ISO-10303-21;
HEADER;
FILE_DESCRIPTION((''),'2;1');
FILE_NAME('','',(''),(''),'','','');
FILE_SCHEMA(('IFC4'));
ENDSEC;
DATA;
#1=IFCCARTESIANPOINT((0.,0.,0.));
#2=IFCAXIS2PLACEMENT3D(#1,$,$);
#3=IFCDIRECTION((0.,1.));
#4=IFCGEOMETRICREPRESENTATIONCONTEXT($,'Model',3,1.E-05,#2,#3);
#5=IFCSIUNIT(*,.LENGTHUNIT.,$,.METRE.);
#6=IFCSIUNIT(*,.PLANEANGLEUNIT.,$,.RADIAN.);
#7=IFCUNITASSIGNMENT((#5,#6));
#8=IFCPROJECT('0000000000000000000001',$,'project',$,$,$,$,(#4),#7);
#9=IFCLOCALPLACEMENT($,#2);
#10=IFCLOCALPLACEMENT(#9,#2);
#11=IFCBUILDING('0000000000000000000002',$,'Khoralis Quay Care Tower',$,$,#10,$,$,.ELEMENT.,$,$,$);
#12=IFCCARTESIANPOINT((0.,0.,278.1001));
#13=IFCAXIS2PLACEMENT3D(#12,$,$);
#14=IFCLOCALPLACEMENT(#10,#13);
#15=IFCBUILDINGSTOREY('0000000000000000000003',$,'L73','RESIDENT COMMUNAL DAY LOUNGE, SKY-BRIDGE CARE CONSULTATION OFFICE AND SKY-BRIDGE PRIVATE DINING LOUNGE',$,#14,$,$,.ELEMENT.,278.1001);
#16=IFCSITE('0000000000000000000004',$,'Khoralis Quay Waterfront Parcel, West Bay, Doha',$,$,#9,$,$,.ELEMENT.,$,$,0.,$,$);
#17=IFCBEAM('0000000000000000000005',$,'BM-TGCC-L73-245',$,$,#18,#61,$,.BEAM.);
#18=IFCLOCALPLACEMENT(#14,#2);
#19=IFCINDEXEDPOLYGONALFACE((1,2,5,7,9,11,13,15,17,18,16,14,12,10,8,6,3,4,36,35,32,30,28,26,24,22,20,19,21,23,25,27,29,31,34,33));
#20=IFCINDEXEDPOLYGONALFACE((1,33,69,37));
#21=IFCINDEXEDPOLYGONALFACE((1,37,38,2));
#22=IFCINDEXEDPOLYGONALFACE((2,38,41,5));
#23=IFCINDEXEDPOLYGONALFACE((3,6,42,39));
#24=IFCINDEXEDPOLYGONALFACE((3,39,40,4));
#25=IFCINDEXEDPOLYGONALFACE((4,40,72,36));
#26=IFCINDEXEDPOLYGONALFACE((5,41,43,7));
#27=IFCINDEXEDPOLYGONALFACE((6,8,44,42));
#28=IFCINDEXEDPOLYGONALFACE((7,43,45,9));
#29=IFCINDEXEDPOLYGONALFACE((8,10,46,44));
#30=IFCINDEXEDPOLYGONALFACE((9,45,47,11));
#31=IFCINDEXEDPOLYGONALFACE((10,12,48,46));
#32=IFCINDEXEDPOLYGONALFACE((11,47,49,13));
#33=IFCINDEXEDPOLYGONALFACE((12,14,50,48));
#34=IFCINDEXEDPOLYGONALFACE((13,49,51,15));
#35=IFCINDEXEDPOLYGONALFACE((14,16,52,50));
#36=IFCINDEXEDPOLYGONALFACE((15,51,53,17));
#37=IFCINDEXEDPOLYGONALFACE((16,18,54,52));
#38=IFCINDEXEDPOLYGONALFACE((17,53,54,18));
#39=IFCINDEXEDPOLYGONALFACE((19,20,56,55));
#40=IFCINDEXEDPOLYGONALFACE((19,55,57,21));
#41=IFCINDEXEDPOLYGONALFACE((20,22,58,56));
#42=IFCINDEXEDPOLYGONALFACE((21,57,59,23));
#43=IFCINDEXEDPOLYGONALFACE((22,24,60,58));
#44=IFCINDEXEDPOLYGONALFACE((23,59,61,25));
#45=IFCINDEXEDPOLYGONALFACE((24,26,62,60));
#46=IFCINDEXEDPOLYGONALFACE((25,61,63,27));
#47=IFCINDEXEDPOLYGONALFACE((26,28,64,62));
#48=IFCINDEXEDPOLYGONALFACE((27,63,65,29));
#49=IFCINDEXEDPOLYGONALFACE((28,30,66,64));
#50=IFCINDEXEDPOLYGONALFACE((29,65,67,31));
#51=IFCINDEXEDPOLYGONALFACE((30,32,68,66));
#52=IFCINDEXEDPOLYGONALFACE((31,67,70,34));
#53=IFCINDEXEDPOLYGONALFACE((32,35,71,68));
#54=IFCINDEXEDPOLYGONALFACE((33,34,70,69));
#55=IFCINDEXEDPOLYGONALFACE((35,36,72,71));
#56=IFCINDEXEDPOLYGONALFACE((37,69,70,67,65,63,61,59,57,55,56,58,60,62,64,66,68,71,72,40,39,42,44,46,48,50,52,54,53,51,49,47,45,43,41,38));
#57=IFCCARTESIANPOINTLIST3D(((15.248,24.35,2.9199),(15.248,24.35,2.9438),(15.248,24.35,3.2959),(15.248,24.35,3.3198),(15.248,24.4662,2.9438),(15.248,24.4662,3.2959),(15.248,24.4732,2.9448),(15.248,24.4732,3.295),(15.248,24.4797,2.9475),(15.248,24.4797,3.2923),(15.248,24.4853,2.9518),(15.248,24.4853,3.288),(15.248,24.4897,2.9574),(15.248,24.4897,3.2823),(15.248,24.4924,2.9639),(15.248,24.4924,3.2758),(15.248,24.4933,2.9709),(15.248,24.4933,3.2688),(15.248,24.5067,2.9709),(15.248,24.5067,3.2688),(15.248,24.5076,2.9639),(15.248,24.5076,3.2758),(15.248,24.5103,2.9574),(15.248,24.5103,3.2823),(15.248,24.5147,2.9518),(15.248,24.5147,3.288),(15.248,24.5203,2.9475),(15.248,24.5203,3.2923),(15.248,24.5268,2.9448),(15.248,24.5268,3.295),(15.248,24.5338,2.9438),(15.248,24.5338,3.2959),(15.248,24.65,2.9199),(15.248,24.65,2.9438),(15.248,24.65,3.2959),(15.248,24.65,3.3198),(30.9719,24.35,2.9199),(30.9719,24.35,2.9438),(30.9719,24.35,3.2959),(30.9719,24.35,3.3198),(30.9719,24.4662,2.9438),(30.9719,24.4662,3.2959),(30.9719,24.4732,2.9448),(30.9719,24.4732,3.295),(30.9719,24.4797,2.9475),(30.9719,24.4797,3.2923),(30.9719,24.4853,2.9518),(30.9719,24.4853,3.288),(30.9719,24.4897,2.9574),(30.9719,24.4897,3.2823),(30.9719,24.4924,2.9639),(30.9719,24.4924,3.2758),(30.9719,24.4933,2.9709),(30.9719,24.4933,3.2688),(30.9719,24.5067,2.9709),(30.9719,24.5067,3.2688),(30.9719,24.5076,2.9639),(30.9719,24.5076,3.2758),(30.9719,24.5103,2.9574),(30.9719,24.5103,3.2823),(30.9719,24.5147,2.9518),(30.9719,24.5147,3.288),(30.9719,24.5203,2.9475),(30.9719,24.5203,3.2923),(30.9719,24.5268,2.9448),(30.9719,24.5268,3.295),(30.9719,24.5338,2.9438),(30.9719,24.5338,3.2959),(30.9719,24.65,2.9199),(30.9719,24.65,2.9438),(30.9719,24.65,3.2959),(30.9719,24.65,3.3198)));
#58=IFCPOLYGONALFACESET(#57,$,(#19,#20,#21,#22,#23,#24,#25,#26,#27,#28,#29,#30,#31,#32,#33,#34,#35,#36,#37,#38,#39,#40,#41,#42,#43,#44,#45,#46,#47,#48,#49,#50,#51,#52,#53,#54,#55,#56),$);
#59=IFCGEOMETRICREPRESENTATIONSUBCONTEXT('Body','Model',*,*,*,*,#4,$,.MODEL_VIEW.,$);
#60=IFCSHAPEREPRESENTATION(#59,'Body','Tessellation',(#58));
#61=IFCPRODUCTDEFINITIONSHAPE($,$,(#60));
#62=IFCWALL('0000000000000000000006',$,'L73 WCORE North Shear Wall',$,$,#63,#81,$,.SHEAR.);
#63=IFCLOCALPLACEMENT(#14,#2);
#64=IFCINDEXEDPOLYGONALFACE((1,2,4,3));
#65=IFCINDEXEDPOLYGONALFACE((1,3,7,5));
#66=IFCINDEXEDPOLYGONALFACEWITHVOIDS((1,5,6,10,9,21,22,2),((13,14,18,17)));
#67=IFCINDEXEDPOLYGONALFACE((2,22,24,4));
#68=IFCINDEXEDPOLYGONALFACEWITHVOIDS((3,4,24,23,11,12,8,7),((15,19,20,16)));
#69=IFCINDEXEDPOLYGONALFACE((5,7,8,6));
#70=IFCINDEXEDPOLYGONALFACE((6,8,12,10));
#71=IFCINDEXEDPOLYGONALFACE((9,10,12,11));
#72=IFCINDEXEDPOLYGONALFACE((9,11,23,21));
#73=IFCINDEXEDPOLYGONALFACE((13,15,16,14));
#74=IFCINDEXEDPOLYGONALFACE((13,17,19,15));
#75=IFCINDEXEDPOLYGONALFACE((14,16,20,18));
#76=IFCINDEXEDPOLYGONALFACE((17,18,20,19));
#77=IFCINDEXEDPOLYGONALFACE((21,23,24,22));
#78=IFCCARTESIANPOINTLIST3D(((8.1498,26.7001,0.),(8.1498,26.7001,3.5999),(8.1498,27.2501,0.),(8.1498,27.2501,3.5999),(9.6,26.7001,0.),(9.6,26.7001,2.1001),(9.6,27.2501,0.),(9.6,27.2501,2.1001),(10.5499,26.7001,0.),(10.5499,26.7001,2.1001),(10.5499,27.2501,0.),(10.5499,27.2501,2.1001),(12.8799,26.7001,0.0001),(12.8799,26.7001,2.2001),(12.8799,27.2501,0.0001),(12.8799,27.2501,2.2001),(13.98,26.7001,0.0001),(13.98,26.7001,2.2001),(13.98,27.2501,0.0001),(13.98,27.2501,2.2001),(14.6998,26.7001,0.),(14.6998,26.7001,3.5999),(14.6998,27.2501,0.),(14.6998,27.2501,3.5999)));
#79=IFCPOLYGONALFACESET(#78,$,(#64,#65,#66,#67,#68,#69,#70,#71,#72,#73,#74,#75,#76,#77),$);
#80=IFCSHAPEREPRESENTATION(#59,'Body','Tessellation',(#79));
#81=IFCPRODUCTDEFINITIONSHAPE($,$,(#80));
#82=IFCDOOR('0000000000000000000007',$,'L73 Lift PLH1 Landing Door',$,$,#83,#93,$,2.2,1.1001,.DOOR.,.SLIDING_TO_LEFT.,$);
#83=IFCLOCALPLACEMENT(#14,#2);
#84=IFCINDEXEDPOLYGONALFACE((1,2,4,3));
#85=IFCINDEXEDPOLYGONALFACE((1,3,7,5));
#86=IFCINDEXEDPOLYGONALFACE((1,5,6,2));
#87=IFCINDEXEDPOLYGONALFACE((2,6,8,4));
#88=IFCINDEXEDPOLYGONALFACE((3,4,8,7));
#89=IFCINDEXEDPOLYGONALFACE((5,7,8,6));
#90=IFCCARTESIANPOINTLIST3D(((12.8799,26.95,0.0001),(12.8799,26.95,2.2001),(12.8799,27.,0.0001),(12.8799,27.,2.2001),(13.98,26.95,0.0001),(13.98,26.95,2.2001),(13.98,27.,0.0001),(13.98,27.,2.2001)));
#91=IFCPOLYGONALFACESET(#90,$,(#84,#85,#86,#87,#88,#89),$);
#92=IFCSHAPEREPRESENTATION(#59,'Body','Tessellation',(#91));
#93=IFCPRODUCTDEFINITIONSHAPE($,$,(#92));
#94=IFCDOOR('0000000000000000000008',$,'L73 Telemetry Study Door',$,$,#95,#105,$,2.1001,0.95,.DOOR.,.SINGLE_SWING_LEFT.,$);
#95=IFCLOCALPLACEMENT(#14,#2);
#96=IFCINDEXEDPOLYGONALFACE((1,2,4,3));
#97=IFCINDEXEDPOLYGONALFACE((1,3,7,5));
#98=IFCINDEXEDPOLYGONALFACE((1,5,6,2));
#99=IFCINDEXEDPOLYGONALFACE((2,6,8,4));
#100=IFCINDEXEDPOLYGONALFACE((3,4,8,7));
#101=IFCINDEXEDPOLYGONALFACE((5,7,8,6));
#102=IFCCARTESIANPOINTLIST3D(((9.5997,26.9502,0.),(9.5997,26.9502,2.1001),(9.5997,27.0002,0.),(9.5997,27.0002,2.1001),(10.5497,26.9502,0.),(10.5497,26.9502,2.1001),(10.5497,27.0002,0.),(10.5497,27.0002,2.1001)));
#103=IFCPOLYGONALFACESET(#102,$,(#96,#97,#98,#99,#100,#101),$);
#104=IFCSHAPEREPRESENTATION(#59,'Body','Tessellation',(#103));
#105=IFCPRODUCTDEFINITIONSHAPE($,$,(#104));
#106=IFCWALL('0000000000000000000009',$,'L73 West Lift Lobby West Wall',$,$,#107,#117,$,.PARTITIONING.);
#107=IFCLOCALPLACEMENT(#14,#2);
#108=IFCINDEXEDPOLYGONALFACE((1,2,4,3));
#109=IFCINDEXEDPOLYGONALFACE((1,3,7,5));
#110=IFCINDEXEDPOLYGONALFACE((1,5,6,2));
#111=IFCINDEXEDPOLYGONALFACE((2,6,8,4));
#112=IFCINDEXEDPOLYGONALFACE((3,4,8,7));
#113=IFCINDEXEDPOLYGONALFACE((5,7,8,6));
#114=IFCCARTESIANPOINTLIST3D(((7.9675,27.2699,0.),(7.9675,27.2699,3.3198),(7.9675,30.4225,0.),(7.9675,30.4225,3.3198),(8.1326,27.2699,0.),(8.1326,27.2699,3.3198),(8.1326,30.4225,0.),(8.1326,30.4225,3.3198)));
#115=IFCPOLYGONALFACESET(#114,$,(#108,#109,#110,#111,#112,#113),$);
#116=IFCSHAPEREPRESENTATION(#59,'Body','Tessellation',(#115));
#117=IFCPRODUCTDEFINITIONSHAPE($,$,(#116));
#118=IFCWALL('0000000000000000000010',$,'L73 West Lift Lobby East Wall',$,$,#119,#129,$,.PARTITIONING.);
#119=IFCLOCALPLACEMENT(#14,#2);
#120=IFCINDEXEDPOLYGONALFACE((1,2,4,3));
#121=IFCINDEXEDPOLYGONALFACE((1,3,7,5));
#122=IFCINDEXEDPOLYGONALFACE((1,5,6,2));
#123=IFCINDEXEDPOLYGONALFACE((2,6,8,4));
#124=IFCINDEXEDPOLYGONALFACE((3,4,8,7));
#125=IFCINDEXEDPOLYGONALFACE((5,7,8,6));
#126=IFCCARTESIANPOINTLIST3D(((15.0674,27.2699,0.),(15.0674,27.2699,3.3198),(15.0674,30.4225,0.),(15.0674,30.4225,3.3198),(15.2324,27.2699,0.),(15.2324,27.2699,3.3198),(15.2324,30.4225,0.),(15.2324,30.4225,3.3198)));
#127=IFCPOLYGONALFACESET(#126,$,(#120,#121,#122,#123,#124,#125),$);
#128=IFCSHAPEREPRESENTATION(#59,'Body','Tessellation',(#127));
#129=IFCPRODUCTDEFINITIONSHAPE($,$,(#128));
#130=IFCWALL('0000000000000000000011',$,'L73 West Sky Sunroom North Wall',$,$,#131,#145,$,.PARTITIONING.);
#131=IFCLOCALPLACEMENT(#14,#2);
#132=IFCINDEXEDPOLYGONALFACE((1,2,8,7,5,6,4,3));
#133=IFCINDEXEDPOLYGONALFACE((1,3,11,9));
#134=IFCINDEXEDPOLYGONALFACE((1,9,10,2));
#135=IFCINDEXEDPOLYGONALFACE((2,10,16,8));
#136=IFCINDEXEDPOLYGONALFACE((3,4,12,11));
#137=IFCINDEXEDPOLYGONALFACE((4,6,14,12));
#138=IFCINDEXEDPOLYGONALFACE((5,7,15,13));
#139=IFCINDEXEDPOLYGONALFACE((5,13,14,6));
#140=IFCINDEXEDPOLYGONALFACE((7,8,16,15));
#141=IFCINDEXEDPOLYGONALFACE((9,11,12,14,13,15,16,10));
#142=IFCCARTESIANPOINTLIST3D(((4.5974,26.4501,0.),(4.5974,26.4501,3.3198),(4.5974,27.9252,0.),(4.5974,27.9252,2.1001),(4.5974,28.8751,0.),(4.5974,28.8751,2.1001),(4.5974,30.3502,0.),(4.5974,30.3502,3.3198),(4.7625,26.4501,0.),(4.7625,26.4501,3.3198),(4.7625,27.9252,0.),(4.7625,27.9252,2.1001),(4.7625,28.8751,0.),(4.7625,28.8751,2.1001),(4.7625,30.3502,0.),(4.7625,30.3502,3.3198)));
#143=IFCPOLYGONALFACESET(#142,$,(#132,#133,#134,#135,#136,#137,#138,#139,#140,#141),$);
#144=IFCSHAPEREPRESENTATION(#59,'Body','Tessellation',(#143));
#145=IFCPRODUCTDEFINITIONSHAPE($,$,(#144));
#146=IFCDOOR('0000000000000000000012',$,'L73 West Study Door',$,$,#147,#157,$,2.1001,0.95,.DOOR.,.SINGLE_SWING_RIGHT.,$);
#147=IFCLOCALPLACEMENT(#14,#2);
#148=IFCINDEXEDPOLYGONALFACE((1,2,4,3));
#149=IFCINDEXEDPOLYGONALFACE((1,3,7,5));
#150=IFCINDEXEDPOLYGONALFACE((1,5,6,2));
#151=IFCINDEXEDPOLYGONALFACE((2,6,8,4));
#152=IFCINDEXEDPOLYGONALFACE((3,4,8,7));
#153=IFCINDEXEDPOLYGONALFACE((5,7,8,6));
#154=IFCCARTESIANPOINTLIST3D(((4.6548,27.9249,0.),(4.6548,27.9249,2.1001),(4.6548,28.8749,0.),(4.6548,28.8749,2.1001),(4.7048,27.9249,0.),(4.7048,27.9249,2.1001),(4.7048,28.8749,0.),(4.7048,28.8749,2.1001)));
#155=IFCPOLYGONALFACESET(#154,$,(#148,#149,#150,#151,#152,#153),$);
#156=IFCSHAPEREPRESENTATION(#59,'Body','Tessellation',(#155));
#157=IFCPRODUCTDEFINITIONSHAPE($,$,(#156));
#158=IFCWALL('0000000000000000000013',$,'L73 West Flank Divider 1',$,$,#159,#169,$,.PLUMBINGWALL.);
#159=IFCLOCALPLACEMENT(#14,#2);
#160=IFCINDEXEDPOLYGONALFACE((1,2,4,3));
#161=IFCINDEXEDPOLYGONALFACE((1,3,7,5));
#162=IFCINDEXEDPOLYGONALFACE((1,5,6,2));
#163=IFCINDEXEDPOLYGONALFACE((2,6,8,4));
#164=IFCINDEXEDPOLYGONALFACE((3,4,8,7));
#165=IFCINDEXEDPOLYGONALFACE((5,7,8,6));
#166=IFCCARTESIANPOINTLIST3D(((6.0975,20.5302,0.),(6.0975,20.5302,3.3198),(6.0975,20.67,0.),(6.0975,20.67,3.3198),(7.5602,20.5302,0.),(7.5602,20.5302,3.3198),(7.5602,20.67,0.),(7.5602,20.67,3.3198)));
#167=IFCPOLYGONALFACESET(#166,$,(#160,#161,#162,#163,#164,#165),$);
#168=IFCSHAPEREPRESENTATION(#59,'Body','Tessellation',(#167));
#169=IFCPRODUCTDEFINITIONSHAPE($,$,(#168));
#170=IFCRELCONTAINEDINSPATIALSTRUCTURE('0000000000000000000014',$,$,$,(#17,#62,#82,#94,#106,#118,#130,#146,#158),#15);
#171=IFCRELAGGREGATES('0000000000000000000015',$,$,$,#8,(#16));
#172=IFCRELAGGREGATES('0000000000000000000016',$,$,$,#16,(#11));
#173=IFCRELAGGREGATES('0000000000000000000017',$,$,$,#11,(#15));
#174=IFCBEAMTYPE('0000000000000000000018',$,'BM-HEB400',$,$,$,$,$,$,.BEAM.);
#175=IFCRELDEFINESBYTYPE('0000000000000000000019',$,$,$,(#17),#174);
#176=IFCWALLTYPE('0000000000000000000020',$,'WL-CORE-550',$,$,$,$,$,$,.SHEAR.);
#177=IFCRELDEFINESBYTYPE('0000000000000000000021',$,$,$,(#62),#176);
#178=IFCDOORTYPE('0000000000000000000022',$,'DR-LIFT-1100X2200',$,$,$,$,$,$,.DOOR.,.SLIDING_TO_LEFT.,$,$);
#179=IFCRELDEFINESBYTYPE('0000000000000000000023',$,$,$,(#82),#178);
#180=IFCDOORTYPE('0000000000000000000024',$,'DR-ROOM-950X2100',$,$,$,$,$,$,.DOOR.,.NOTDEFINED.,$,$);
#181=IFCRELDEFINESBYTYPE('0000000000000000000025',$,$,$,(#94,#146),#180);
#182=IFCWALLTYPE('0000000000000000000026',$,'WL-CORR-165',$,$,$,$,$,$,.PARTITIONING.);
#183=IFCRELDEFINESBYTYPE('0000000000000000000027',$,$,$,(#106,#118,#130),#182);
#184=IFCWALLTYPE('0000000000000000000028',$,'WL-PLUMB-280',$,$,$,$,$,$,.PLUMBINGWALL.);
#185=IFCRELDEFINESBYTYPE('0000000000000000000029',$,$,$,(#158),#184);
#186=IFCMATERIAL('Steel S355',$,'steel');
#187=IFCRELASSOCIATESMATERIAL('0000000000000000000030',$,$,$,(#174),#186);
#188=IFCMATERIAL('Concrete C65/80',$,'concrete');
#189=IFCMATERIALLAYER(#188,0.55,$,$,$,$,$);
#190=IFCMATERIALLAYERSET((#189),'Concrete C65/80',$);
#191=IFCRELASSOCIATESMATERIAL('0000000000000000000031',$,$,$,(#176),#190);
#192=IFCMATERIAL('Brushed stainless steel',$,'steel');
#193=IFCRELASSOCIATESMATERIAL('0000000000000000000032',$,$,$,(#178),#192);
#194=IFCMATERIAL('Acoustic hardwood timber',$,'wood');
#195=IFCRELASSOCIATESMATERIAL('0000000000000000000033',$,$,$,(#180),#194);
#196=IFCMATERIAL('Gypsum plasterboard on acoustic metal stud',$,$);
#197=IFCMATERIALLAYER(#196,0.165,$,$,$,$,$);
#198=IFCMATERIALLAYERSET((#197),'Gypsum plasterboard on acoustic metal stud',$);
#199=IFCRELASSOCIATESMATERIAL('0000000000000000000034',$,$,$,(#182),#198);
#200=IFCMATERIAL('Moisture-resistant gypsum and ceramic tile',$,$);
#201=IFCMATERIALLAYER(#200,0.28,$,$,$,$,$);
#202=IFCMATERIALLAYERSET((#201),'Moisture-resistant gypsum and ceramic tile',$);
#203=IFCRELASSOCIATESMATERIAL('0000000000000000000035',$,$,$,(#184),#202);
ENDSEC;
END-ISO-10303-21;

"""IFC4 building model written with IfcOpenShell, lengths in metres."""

from ifc_helpers import new_model, si_unit, direction, frame, frame_2d, origin, origin_2d, place, context, subcontext, project, spatial, rectangle, i_section, extrude, source, transform, mapped, material, layer, layer_set, material_profile, profile_set, type_object, element, fill, save


model = new_model("IFC4")

# Units and contexts
model_context = context("Model", 3, precision=1e-05, world=origin(), true_north=direction((0.0, 1.0)))
body_context = subcontext(model_context, "Body", "Model", "MODEL_VIEW")
ifc_project = project(units=[si_unit("LENGTHUNIT", "METRE"), si_unit("PLANEANGLEUNIT", "RADIAN")], contexts=[model_context])

# Site, building, storey
site_placement = place(None, origin())
site = spatial("IfcSite", under=ifc_project, at=site_placement, Name="Khoralis Quay Waterfront Parcel, West Bay, Doha", CompositionType="ELEMENT", RefElevation=0.0)
building_placement = place(site_placement, origin())
building = spatial("IfcBuilding", under=site, at=building_placement, Name="Khoralis Quay Care Tower", CompositionType="ELEMENT")
storey_placement = place(building_placement, frame((0.0, 0.0, 278.1001)))
storey = spatial("IfcBuildingStorey", under=building, at=storey_placement, Name="L73", Description="RESIDENT COMMUNAL DAY LOUNGE, SKY-BRIDGE CARE CONSULTATION OFFICE AND SKY-BRIDGE PRIVATE DINING LOUNGE", CompositionType="ELEMENT", Elevation=278.1001)

# Beam
ifc_material_1 = material(Name="Steel S355", Category="steel")
ifc_material_profile_1 = material_profile(ifc_material_1, i_section(OverallWidth=0.3, OverallDepth=0.3999, WebThickness=0.0134, FlangeThickness=0.0239, FilletRadius=0.0271, at=origin_2d()), Name="Steel S355")
ifc_profile_set_1 = profile_set([ifc_material_profile_1], Name="Steel S355")
beam_type_1 = type_object("IfcBeamType", Name="BM-HEB400", PredefinedType="BEAM", material=ifc_profile_set_1)
shared_shape_1 = source(origin(), body_context, "Body", "SweptSolid", [
    extrude(i_section(OverallWidth=0.3, OverallDepth=0.3999, WebThickness=0.0134, FlangeThickness=0.0239, FilletRadius=0.0271, at=origin_2d()), origin(), (0.0, 0.0, 1.0), 15.7239),
])
beam_1_placement = place(storey_placement, frame((15.248, 24.5, 3.1199), z_axis=(1.0, 0.0, 0.0), x_axis=(0.0, 1.0, 0.0)))
element("IfcBeam", 1, at=beam_1_placement, inside=storey, type_object=beam_type_1, Name="BM-TGCC-L73-245", PredefinedType="BEAM", context=body_context, shape_type="MappedRepresentation", body=[
    mapped(shared_shape_1, transform((0.0, 0.0, 0.0), scale=1.0)),
])

# Wall, openings, doors
ifc_material_2 = material(Name="Concrete C65/80", Category="concrete")
ifc_layer_1 = layer(ifc_material_2, 0.55)
ifc_layer_set_1 = layer_set([ifc_layer_1], Name="Concrete C65/80")
wall_type_1 = type_object("IfcWallType", Name="WL-CORE-550", PredefinedType="SHEAR", material=ifc_layer_set_1)
wall_1_placement = place(storey_placement, frame((8.1499, 26.9751, 0.0), z_axis=(0.0, 0.0, 1.0), x_axis=(1.0, 0.0, 0.0)))
wall_1 = element("IfcWall", 2, at=wall_1_placement, inside=storey, type_object=wall_type_1, Name="L73 WCORE North Shear Wall", PredefinedType="SHEAR", context=body_context, shape_type="SweptSolid", body=[
    extrude(rectangle(XDim=6.55, YDim=0.55, at=frame_2d((3.2749, 0.0))), origin(), (0.0, 0.0, 1.0), 3.5999),
])
opening_1_placement = place(wall_1_placement, frame((1.45, 0.0, 0.0)))
opening_1 = element("IfcOpeningElement", 3, at=opening_1_placement, cuts=wall_1, PredefinedType="OPENING", context=body_context, shape_type="SweptSolid", body=[
    extrude(rectangle(XDim=0.95, YDim=2.1001, at=frame_2d((0.4751, 1.05))), frame((0.0, 0.2852, 0.0), z_axis=(0.0, -1.0, 0.0), x_axis=(1.0, 0.0, 0.0)), (0.0, 0.0, 1.0), 0.5701),
])
opening_2_placement = place(wall_1_placement, frame((4.73, 0.0, 0.0)))
opening_2 = element("IfcOpeningElement", 4, at=opening_2_placement, cuts=wall_1, PredefinedType="OPENING", context=body_context, shape_type="SweptSolid", body=[
    extrude(rectangle(XDim=1.1001, YDim=2.2, at=frame_2d((0.55, 1.1001))), frame((0.0, 0.2852, 0.0), z_axis=(0.0, -1.0, 0.0), x_axis=(1.0, 0.0, 0.0)), (0.0, 0.0, 1.0), 0.5701),
])
ifc_material_3 = material(Name="Brushed stainless steel", Category="steel")
door_type_1 = type_object("IfcDoorType", Name="DR-LIFT-1100X2200", OperationType="SLIDING_TO_LEFT", PredefinedType="DOOR", material=ifc_material_3)
shared_shape_2 = source(origin(), body_context, "Body", "SweptSolid", [
    extrude(rectangle(XDim=1.1001, YDim=2.2, at=frame_2d((0.55, 1.1001))), frame((0.0, 0.0249, 0.0), z_axis=(0.0, -1.0, 0.0), x_axis=(1.0, 0.0, 0.0)), (0.0, 0.0, 1.0), 0.05),
])
door_1_placement = place(opening_2_placement, origin())
door_1 = element("IfcDoor", 5, at=door_1_placement, inside=storey, type_object=door_type_1, Name="L73 Lift PLH1 Landing Door", OperationType="SLIDING_TO_LEFT", OverallHeight=2.2, OverallWidth=1.1001, PredefinedType="DOOR", context=body_context, shape_type="MappedRepresentation", body=[
    mapped(shared_shape_2, transform((0.0, 0.0, 0.0), scale=1.0)),
])
fill(opening_2, door_1)
ifc_material_4 = material(Name="Acoustic hardwood timber", Category="wood")
door_type_2 = type_object("IfcDoorType", Name="DR-ROOM-950X2100", OperationType="NOTDEFINED", PredefinedType="DOOR", material=ifc_material_4)
shared_shape_3 = source(origin(), body_context, "Body", "SweptSolid", [
    extrude(rectangle(XDim=0.95, YDim=2.1001, at=frame_2d((0.4751, 1.05))), frame((0.0, 0.0249, 0.0), z_axis=(0.0, -1.0, 0.0), x_axis=(1.0, 0.0, 0.0)), (0.0, 0.0, 1.0), 0.05),
])
door_2_placement = place(opening_1_placement, frame((0.95, 0.0, 0.0), z_axis=(0.0, 0.0, 1.0), x_axis=(-1.0, 0.0, 0.0)))
door_2 = element("IfcDoor", 6, at=door_2_placement, inside=storey, type_object=door_type_2, Name="L73 Telemetry Study Door", OperationType="SINGLE_SWING_LEFT", OverallHeight=2.1001, OverallWidth=0.95, PredefinedType="DOOR", context=body_context, shape_type="MappedRepresentation", body=[
    mapped(shared_shape_3, transform((0.0, 0.0, 0.0), scale=1.0)),
])
fill(opening_1, door_2)

# Walls
ifc_material_5 = material(Name="Gypsum plasterboard on acoustic metal stud")
ifc_layer_2 = layer(ifc_material_5, 0.165)
ifc_layer_set_2 = layer_set([ifc_layer_2], Name="Gypsum plasterboard on acoustic metal stud")
wall_type_2 = type_object("IfcWallType", Name="WL-CORR-165", PredefinedType="PARTITIONING", material=ifc_layer_set_2)
for number, where, z_axis, x_axis, name in (
    (7, (8.05, 27.27, 0.0), (0.0, 0.0, 1.0), (0.0, 1.0, 0.0), "L73 West Lift Lobby West Wall"),
    (8, (15.1499, 27.27, 0.0), (0.0, 0.0, 1.0), (0.0, 1.0, 0.0), "L73 West Lift Lobby East Wall"),
):
    element("IfcWall", number, at=place(storey_placement, frame(where, z_axis=z_axis, x_axis=x_axis)), inside=storey, type_object=wall_type_2, Name=name, PredefinedType="PARTITIONING", context=body_context, shape_type="SweptSolid", body=[
        extrude(rectangle(XDim=3.1526, YDim=0.165, at=frame_2d((1.5762, 0.0))), origin(), (0.0, 0.0, 1.0), 3.3198),
    ])

# Wall, opening, door
wall_2_placement = place(storey_placement, frame((4.6799, 26.45, 0.0), z_axis=(0.0, 0.0, 1.0), x_axis=(0.0, 1.0, 0.0)))
wall_2 = element("IfcWall", 9, at=wall_2_placement, inside=storey, type_object=wall_type_2, Name="L73 West Sky Sunroom North Wall", PredefinedType="PARTITIONING", context=body_context, shape_type="SweptSolid", body=[
    extrude(rectangle(XDim=3.9001, YDim=0.165, at=frame_2d((1.9502, 0.0))), origin(), (0.0, 0.0, 1.0), 3.3198),
])
opening_3_placement = place(wall_2_placement, frame((1.4751, 0.0, 0.0)))
opening_3 = element("IfcOpeningElement", 10, at=opening_3_placement, cuts=wall_2, PredefinedType="OPENING", context=body_context, shape_type="SweptSolid", body=[
    extrude(rectangle(XDim=0.95, YDim=2.1001, at=frame_2d((0.4751, 1.05))), frame((0.0, 0.0925, 0.0), z_axis=(0.0, -1.0, 0.0), x_axis=(1.0, 0.0, 0.0)), (0.0, 0.0, 1.0), 0.1851),
])
door_3_placement = place(opening_3_placement, frame((0.95, 0.0, 0.0), z_axis=(0.0, 0.0, 1.0), x_axis=(-1.0, 0.0, 0.0)))
door_3 = element("IfcDoor", 11, at=door_3_placement, inside=storey, type_object=door_type_2, Name="L73 West Study Door", OperationType="SINGLE_SWING_RIGHT", OverallHeight=2.1001, OverallWidth=0.95, PredefinedType="DOOR", context=body_context, shape_type="MappedRepresentation", body=[
    mapped(shared_shape_3, transform((0.0, 0.0, 0.0), scale=1.0)),
])
fill(opening_3, door_3)

# Wall
ifc_material_6 = material(Name="Moisture-resistant gypsum and ceramic tile")
ifc_layer_3 = layer(ifc_material_6, 0.28)
ifc_layer_set_3 = layer_set([ifc_layer_3], Name="Moisture-resistant gypsum and ceramic tile")
wall_type_3 = type_object("IfcWallType", Name="WL-PLUMB-280", PredefinedType="PLUMBINGWALL", material=ifc_layer_set_3)
wall_3_placement = place(storey_placement, frame((6.0974, 20.6001, 0.0), z_axis=(0.0, 0.0, 1.0), x_axis=(1.0, 0.0, 0.0)))
element("IfcWall", 12, at=wall_3_placement, inside=storey, type_object=wall_type_3, Name="L73 West Flank Divider 1", PredefinedType="PLUMBINGWALL", context=body_context, shape_type="SweptSolid", body=[
    extrude(rectangle(XDim=1.4626, YDim=0.1399, at=frame_2d((0.7314, 0.0))), origin(), (0.0, 0.0, 1.0), 3.3198),
])

save(model, "model.ifc")
